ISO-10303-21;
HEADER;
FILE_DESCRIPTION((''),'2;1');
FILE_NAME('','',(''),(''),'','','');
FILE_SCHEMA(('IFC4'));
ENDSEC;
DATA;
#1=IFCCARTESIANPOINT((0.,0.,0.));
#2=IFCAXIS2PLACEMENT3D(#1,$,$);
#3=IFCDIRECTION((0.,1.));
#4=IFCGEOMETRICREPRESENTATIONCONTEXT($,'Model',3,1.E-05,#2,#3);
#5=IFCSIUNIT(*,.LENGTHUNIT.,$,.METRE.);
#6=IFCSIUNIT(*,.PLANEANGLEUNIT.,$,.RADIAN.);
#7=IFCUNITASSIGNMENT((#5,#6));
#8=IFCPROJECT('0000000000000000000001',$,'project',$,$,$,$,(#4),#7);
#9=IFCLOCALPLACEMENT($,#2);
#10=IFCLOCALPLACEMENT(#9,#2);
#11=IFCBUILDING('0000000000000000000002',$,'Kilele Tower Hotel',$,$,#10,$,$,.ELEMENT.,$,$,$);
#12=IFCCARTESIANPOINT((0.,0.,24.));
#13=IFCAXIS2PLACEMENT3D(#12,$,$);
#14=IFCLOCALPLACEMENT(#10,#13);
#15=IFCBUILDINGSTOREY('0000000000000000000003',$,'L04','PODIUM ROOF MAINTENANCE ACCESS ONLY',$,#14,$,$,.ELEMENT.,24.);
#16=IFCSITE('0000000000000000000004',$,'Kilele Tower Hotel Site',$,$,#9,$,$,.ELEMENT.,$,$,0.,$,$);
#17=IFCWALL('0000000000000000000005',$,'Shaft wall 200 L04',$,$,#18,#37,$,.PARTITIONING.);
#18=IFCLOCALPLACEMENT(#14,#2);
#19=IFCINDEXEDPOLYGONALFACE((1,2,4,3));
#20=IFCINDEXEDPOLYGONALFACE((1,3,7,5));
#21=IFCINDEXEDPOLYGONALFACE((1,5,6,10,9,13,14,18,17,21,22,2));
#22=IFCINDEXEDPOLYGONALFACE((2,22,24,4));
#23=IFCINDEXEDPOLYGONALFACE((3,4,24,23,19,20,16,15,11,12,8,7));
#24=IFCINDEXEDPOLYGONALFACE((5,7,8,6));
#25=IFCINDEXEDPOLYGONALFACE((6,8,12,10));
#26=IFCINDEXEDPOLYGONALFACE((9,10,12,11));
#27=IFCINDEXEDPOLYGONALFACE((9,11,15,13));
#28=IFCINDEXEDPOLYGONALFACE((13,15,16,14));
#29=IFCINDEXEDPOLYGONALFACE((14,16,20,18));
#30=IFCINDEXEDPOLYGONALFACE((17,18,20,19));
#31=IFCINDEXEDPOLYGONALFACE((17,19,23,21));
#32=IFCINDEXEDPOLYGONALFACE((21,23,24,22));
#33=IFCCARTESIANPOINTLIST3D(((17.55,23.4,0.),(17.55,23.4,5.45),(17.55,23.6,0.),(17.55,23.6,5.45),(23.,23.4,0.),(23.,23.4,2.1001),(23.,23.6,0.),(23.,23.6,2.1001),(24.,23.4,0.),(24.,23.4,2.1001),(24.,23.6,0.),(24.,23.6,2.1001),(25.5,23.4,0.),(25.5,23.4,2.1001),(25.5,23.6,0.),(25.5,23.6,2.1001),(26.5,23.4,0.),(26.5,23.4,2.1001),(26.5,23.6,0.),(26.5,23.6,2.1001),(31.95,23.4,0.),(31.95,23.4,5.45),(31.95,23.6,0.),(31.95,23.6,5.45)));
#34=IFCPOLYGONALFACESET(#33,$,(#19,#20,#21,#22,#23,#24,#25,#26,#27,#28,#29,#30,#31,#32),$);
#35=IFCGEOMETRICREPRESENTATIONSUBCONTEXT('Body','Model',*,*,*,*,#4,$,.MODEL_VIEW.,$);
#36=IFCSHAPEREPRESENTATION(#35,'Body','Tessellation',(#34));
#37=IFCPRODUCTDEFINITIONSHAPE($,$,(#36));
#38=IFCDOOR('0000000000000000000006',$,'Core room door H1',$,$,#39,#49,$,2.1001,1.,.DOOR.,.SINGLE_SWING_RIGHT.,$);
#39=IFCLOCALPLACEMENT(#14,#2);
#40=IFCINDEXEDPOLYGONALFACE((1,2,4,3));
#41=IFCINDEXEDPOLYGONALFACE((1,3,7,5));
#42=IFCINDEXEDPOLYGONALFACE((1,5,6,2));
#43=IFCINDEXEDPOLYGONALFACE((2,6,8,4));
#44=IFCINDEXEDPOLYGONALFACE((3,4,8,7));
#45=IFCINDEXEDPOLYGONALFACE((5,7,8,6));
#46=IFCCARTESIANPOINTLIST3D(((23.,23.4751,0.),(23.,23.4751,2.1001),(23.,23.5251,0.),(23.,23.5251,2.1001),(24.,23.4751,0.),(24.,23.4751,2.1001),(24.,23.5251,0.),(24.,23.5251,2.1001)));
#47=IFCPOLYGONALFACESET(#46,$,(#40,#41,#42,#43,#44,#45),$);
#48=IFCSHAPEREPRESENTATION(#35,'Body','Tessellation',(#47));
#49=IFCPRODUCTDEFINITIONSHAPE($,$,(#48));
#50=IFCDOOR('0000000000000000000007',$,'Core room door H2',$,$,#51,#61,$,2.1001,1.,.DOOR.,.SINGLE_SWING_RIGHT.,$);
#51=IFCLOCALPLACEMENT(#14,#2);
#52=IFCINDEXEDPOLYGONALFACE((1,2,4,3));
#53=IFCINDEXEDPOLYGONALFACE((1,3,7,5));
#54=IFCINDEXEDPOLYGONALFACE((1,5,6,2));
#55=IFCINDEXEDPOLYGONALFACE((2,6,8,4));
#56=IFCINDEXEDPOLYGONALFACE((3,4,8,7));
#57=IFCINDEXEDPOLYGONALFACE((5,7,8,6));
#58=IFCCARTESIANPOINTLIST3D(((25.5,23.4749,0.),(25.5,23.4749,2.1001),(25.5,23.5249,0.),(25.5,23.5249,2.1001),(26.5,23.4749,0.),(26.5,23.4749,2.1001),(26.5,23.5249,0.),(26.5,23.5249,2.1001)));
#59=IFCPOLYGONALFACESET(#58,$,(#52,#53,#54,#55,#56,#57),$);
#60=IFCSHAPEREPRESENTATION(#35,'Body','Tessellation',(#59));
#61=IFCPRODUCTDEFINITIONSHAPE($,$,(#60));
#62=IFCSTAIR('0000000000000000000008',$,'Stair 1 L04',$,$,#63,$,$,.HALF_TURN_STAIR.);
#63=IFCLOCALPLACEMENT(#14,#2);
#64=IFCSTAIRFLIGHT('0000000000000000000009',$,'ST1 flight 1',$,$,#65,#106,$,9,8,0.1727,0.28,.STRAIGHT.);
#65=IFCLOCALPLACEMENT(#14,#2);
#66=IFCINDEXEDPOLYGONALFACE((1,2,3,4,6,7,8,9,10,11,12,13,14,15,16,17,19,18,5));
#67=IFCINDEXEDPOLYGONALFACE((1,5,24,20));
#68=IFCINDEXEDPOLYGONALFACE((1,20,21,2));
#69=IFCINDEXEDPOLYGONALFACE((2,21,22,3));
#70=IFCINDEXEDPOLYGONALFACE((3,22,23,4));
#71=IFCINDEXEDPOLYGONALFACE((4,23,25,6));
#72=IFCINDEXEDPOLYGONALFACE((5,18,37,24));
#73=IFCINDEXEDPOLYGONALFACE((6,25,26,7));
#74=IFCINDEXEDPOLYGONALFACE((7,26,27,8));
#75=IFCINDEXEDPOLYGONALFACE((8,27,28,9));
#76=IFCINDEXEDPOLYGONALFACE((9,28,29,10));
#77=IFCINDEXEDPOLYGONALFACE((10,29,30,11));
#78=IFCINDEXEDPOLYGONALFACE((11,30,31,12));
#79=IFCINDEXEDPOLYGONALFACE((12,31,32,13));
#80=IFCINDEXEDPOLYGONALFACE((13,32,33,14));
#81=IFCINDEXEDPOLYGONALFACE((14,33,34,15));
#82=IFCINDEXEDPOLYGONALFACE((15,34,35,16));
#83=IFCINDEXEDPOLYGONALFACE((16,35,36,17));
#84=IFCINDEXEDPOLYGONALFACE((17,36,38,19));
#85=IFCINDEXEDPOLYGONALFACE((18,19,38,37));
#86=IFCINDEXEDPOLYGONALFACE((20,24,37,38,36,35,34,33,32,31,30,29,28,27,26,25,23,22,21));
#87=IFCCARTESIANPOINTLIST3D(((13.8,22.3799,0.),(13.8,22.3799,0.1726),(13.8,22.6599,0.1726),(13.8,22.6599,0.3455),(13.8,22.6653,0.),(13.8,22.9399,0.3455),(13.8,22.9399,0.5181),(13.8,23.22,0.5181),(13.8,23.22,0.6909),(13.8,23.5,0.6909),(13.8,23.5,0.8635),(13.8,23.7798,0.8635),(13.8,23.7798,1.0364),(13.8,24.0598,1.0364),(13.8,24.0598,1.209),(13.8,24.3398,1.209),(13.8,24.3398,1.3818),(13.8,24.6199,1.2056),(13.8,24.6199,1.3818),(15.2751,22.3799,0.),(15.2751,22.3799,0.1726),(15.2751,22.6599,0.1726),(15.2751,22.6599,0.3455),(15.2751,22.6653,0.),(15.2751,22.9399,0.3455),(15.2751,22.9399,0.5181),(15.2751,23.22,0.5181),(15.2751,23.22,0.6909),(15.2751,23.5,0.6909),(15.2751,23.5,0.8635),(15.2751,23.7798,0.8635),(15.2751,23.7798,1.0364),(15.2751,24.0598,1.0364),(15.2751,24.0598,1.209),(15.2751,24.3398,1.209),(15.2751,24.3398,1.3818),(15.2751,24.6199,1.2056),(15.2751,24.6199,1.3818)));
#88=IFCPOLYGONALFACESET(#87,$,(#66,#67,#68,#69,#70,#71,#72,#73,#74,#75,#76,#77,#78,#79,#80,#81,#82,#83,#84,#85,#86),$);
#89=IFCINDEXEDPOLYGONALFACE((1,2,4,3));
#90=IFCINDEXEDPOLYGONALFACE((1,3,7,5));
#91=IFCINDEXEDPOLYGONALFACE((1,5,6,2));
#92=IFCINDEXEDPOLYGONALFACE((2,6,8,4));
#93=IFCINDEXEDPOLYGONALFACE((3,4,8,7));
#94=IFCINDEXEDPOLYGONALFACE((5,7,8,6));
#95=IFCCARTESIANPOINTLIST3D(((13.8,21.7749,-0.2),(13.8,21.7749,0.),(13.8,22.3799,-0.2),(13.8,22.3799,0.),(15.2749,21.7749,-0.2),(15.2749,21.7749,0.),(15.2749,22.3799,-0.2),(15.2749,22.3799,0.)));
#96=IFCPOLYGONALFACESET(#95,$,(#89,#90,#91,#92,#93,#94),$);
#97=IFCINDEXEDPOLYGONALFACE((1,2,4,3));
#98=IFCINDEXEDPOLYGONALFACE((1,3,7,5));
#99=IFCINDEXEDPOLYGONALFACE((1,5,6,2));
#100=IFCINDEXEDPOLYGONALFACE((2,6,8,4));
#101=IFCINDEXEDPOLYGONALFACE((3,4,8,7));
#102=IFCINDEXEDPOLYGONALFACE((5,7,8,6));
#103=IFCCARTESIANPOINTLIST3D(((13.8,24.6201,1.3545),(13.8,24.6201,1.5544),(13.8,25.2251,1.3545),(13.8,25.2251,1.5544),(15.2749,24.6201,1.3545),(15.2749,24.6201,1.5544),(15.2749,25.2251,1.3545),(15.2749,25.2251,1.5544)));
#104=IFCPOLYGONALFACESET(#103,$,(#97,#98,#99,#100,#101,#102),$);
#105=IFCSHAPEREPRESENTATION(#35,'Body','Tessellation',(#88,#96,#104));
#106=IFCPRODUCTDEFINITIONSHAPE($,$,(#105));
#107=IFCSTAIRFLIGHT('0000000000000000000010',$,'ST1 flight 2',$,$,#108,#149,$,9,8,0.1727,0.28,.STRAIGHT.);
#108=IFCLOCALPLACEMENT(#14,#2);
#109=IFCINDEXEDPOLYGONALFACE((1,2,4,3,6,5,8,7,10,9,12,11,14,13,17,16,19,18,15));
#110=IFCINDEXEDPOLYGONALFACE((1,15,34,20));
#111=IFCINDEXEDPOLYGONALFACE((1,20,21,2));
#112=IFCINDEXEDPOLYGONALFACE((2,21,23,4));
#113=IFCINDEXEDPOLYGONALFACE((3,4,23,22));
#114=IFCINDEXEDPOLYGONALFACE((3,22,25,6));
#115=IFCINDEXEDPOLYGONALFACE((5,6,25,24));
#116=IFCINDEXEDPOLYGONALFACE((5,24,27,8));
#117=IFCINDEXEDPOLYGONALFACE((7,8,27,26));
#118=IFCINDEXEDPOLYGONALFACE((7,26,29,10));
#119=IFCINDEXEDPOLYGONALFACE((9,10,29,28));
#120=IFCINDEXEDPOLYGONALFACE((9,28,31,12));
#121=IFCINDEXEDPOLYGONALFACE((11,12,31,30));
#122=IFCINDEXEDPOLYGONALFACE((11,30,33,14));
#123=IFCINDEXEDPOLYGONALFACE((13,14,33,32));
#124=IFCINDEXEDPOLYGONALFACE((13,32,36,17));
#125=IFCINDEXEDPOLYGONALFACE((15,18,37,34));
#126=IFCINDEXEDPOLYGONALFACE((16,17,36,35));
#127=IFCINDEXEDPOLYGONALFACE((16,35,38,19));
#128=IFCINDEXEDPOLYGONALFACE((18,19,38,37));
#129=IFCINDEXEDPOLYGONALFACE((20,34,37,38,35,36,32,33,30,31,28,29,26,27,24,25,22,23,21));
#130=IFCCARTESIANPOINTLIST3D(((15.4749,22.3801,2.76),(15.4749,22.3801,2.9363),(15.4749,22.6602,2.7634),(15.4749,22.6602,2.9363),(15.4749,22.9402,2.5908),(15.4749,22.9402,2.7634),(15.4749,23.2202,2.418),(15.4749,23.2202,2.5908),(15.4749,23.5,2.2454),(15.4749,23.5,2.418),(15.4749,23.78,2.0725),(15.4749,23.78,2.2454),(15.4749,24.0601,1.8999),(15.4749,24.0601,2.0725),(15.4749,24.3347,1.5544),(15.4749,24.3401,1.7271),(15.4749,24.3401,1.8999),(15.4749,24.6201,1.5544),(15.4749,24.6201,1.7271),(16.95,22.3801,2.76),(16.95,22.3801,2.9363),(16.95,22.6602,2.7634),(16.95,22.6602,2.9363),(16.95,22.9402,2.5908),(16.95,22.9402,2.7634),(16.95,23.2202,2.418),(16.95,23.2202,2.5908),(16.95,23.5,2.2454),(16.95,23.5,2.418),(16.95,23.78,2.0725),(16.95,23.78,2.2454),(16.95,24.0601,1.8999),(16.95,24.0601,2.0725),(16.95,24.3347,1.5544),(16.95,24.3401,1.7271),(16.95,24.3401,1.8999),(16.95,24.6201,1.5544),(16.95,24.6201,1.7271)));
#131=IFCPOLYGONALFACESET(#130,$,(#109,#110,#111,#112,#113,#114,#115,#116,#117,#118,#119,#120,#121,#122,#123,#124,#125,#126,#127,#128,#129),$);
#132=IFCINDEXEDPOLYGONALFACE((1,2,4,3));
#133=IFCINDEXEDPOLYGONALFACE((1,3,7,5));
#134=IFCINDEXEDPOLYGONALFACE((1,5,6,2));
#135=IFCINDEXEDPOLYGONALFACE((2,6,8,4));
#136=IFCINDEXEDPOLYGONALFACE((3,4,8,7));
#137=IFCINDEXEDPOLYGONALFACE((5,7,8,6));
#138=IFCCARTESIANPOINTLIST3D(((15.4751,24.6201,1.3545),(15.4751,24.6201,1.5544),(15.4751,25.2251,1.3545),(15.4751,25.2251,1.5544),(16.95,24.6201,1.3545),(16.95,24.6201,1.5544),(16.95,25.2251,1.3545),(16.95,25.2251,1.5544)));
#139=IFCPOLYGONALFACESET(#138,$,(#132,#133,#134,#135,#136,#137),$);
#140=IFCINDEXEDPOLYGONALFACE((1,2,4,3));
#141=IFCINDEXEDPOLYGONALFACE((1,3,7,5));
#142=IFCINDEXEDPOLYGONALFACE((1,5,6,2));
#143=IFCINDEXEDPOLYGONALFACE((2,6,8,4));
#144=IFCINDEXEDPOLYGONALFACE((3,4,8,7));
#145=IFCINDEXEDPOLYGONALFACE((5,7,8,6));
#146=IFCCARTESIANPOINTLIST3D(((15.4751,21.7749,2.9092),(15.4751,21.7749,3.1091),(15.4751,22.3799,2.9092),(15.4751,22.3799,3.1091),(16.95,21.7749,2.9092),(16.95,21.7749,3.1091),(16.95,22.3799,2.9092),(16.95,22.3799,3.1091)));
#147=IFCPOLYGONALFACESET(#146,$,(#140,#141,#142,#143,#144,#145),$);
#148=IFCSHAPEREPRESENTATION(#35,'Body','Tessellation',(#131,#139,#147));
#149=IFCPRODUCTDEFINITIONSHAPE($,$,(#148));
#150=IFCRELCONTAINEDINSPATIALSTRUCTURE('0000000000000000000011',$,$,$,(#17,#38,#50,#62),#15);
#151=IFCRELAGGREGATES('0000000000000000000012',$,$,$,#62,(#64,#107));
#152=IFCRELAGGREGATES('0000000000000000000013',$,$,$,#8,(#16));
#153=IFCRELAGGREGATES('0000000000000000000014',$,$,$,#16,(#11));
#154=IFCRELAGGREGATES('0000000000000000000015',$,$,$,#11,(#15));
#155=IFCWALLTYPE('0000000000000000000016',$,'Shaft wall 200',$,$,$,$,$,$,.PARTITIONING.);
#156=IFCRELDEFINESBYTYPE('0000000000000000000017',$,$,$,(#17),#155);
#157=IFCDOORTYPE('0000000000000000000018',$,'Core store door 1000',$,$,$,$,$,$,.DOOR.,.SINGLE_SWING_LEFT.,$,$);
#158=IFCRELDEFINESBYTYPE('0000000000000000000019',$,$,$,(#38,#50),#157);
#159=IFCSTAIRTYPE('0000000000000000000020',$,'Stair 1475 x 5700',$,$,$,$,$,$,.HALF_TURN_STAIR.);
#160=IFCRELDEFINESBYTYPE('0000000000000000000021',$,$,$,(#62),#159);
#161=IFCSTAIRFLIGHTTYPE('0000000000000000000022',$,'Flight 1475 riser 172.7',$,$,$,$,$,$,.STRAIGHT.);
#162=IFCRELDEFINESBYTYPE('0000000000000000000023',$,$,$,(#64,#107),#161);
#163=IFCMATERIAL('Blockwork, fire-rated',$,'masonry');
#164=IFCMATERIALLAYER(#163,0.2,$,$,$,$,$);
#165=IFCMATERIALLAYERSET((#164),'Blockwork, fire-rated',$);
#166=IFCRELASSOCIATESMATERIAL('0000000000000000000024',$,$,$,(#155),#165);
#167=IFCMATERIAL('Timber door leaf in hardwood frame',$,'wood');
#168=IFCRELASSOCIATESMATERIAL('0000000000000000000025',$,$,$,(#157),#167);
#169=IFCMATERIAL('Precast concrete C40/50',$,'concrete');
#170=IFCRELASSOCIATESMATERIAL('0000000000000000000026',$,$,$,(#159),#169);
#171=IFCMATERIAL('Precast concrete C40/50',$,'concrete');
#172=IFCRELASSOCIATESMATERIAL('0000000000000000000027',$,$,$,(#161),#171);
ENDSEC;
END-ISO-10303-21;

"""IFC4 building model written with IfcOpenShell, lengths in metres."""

from ifc_helpers import new_model, si_unit, direction, frame, frame_2d, origin, place, context, subcontext, project, spatial, polyline, rectangle, outline, extrude, material, layer, layer_set, type_object, element, fill, aggregate, save


model = new_model("IFC4")

# Units and contexts
model_context = context("Model", 3, precision=1e-05, world=origin(), true_north=direction((0.0, 1.0)))
body_context = subcontext(model_context, "Body", "Model", "MODEL_VIEW")
ifc_project = project(units=[si_unit("LENGTHUNIT", "METRE"), si_unit("PLANEANGLEUNIT", "RADIAN")], contexts=[model_context])

# Site, building, storey
site_placement = place(None, origin())
site = spatial("IfcSite", under=ifc_project, at=site_placement, Name="Kilele Tower Hotel Site", CompositionType="ELEMENT", RefElevation=0.0)
building_placement = place(site_placement, origin())
building = spatial("IfcBuilding", under=site, at=building_placement, Name="Kilele Tower Hotel", CompositionType="ELEMENT")
storey_placement = place(building_placement, frame((0.0, 0.0, 24.0)))
storey = spatial("IfcBuildingStorey", under=building, at=storey_placement, Name="L04", Description="PODIUM ROOF MAINTENANCE ACCESS ONLY", CompositionType="ELEMENT", Elevation=24.0)

# Shared definitions
ifc_material_1 = material(Name="Blockwork, fire-rated", Category="masonry")
ifc_layer_1 = layer(ifc_material_1, 0.2)
ifc_layer_set_1 = layer_set([ifc_layer_1], Name="Blockwork, fire-rated")
wall_type_1 = type_object("IfcWallType", Name="Shaft wall 200", PredefinedType="PARTITIONING", material=ifc_layer_set_1)

# Wall, openings, doors
wall_1_placement = place(storey_placement, frame((17.55, 23.5, 0.0), z_axis=(0.0, 0.0, 1.0), x_axis=(1.0, 0.0, 0.0)))
wall_1 = element("IfcWall", 1, at=wall_1_placement, inside=storey, type_object=wall_type_1, Name="Shaft wall 200 L04", PredefinedType="PARTITIONING", context=body_context, shape_type="SweptSolid", body=[
    extrude(rectangle(XDim=14.3999, YDim=0.2, at=frame_2d((7.2, 0.0))), origin(), (0.0, 0.0, 1.0), 5.45),
])
opening_1_placement = place(wall_1_placement, frame((6.45, 0.0, 0.0), z_axis=(0.0, 0.0, 1.0), x_axis=(-1.0, 0.0, 0.0)))
opening_1 = element("IfcOpeningElement", 2, at=opening_1_placement, cuts=wall_1, PredefinedType="OPENING", context=body_context, shape_type="SweptSolid", body=[
    extrude(rectangle(XDim=1.0, YDim=2.1001, at=frame_2d((0.5, 1.05))), frame((0.0, 0.1099, 0.0), z_axis=(0.0, -1.0, 0.0), x_axis=(1.0, 0.0, 0.0)), (0.0, 0.0, 1.0), 0.22),
])
opening_2_placement = place(wall_1_placement, frame((7.95, 0.0, 0.0)))
opening_2 = element("IfcOpeningElement", 3, at=opening_2_placement, cuts=wall_1, PredefinedType="OPENING", context=body_context, shape_type="SweptSolid", body=[
    extrude(rectangle(XDim=1.0, YDim=2.1001, at=frame_2d((0.5, 1.05))), frame((0.0, 0.1099, 0.0), z_axis=(0.0, -1.0, 0.0), x_axis=(1.0, 0.0, 0.0)), (0.0, 0.0, 1.0), 0.22),
])
ifc_material_2 = material(Name="Timber door leaf in hardwood frame", Category="wood")
door_type_1 = type_object("IfcDoorType", Name="Core store door 1000", OperationType="SINGLE_SWING_LEFT", PredefinedType="DOOR", material=ifc_material_2)
door_1_placement = place(opening_1_placement, origin())
door_1 = element("IfcDoor", 4, at=door_1_placement, inside=storey, type_object=door_type_1, Name="Core room door H1", OperationType="SINGLE_SWING_RIGHT", OverallHeight=2.1001, OverallWidth=1.0, PredefinedType="DOOR", context=body_context, shape_type="SweptSolid", body=[
    extrude(rectangle(XDim=1.0, YDim=2.1001, at=frame_2d((0.5, 1.05))), frame((0.0, 0.0249, 0.0), z_axis=(0.0, -1.0, 0.0), x_axis=(1.0, 0.0, 0.0)), (0.0, 0.0, 1.0), 0.05),
])
fill(opening_1, door_1)
door_2_placement = place(opening_2_placement, origin())
door_2 = element("IfcDoor", 5, at=door_2_placement, inside=storey, type_object=door_type_1, Name="Core room door H2", OperationType="SINGLE_SWING_RIGHT", OverallHeight=2.1001, OverallWidth=1.0, PredefinedType="DOOR", context=body_context, shape_type="SweptSolid", body=[
    extrude(rectangle(XDim=1.0, YDim=2.1001, at=frame_2d((0.5, 1.05))), frame((0.0, 0.0249, 0.0), z_axis=(0.0, -1.0, 0.0), x_axis=(1.0, 0.0, 0.0)), (0.0, 0.0, 1.0), 0.05),
])
fill(opening_2, door_2)

# Stair, stair flights
ifc_material_3 = material(Name="Precast concrete C40/50", Category="concrete")
stair_type = type_object("IfcStairType", Name="Stair 1475 x 5700", PredefinedType="HALF_TURN_STAIR", material=ifc_material_3)
stair_placement = place(storey_placement, origin())
stair = element("IfcStair", 6, at=stair_placement, inside=storey, type_object=stair_type, Name="Stair 1 L04", PredefinedType="HALF_TURN_STAIR")
ifc_material_4 = material(Name="Precast concrete C40/50", Category="concrete")
stair_flight_type = type_object("IfcStairFlightType", Name="Flight 1475 riser 172.7", PredefinedType="STRAIGHT", material=ifc_material_4)
stair_flight_1_placement = place(storey_placement, frame((14.5376, 22.3799, 0.0), z_axis=(0.0, 0.0, 1.0), x_axis=(0.0, 1.0, 0.0)))
stair_flight_1 = element("IfcStairFlight", 7, at=stair_flight_1_placement, type_object=stair_flight_type, Name="ST1 flight 1", NumberOfRisers=9, NumberOfTreads=8, PredefinedType="STRAIGHT", RiserHeight=0.1727, TreadLength=0.28, context=body_context, shape_type="SweptSolid", body=[
    extrude(outline(polyline([(0.0, 0.0), (0.0, 0.1726), (0.28, 0.1726), (0.28, 0.3455), (0.5601, 0.3455), (0.5601, 0.5181), (0.8401, 0.5181), (0.8401, 0.6909), (1.1201, 0.6909), (1.1201, 0.8635), (1.3999, 0.8635), (1.3999, 1.0364), (1.6799, 1.0364), (1.6799, 1.209), (1.96, 1.209), (1.96, 1.3818), (2.24, 1.3818), (2.24, 1.5544), (2.24, 1.2056), (0.2854, 0.0), (0.0, 0.0)])), frame((0.0, 0.7375, 0.0), z_axis=(0.0, -1.0, 0.0), x_axis=(1.0, 0.0, 0.0)), (0.0, 0.0, 1.0), 1.4751),
    extrude(outline(polyline([(-0.605, 0.7375), (-0.605, -0.7373), (0.0, -0.7373), (0.0, 0.7375), (-0.605, 0.7375)])), frame((0.0, 0.0, -0.2)), (0.0, 0.0, 1.0), 0.2),
    extrude(outline(polyline([(2.2402, 0.7375), (2.2402, -0.7373), (2.8452, -0.7373), (2.8452, 0.7375), (2.2402, 0.7375)])), frame((0.0, 0.0, 1.3545)), (0.0, 0.0, 1.0), 0.2),
])
stair_flight_2_placement = place(storey_placement, frame((16.2124, 24.6201, 1.5544), z_axis=(0.0, 0.0, 1.0), x_axis=(0.0, -1.0, 0.0)))
stair_flight_2 = element("IfcStairFlight", 8, at=stair_flight_2_placement, type_object=stair_flight_type, Name="ST1 flight 2", NumberOfRisers=9, NumberOfTreads=8, PredefinedType="STRAIGHT", RiserHeight=0.1727, TreadLength=0.28, context=body_context, shape_type="SweptSolid", body=[
    extrude(outline(polyline([(0.0, 0.0), (0.0, 0.1726), (0.28, 0.1726), (0.28, 0.3455), (0.5601, 0.3455), (0.5601, 0.5181), (0.8401, 0.5181), (0.8401, 0.6909), (1.1201, 0.6909), (1.1201, 0.8635), (1.3999, 0.8635), (1.3999, 1.0364), (1.6799, 1.0364), (1.6799, 1.209), (1.96, 1.209), (1.96, 1.3818), (2.24, 1.3818), (2.24, 1.5544), (2.24, 1.2056), (0.2854, 0.0), (0.0, 0.0)])), frame((0.0, 0.7375, 0.0), z_axis=(0.0, -1.0, 0.0), x_axis=(1.0, 0.0, 0.0)), (0.0, 0.0, 1.0), 1.4751),
    extrude(outline(polyline([(0.0, -0.7373), (0.0, 0.7375), (-0.605, 0.7375), (-0.605, -0.7373), (0.0, -0.7373)])), frame((0.0, 0.0, -0.2)), (0.0, 0.0, 1.0), 0.2),
    extrude(outline(polyline([(2.8452, -0.7373), (2.8452, 0.7375), (2.2402, 0.7375), (2.2402, -0.7373), (2.8452, -0.7373)])), frame((0.0, 0.0, 1.3547)), (0.0, 0.0, 1.0), 0.2),
])
aggregate(stair, [stair_flight_1, stair_flight_2])

save(model, "model.ifc")
